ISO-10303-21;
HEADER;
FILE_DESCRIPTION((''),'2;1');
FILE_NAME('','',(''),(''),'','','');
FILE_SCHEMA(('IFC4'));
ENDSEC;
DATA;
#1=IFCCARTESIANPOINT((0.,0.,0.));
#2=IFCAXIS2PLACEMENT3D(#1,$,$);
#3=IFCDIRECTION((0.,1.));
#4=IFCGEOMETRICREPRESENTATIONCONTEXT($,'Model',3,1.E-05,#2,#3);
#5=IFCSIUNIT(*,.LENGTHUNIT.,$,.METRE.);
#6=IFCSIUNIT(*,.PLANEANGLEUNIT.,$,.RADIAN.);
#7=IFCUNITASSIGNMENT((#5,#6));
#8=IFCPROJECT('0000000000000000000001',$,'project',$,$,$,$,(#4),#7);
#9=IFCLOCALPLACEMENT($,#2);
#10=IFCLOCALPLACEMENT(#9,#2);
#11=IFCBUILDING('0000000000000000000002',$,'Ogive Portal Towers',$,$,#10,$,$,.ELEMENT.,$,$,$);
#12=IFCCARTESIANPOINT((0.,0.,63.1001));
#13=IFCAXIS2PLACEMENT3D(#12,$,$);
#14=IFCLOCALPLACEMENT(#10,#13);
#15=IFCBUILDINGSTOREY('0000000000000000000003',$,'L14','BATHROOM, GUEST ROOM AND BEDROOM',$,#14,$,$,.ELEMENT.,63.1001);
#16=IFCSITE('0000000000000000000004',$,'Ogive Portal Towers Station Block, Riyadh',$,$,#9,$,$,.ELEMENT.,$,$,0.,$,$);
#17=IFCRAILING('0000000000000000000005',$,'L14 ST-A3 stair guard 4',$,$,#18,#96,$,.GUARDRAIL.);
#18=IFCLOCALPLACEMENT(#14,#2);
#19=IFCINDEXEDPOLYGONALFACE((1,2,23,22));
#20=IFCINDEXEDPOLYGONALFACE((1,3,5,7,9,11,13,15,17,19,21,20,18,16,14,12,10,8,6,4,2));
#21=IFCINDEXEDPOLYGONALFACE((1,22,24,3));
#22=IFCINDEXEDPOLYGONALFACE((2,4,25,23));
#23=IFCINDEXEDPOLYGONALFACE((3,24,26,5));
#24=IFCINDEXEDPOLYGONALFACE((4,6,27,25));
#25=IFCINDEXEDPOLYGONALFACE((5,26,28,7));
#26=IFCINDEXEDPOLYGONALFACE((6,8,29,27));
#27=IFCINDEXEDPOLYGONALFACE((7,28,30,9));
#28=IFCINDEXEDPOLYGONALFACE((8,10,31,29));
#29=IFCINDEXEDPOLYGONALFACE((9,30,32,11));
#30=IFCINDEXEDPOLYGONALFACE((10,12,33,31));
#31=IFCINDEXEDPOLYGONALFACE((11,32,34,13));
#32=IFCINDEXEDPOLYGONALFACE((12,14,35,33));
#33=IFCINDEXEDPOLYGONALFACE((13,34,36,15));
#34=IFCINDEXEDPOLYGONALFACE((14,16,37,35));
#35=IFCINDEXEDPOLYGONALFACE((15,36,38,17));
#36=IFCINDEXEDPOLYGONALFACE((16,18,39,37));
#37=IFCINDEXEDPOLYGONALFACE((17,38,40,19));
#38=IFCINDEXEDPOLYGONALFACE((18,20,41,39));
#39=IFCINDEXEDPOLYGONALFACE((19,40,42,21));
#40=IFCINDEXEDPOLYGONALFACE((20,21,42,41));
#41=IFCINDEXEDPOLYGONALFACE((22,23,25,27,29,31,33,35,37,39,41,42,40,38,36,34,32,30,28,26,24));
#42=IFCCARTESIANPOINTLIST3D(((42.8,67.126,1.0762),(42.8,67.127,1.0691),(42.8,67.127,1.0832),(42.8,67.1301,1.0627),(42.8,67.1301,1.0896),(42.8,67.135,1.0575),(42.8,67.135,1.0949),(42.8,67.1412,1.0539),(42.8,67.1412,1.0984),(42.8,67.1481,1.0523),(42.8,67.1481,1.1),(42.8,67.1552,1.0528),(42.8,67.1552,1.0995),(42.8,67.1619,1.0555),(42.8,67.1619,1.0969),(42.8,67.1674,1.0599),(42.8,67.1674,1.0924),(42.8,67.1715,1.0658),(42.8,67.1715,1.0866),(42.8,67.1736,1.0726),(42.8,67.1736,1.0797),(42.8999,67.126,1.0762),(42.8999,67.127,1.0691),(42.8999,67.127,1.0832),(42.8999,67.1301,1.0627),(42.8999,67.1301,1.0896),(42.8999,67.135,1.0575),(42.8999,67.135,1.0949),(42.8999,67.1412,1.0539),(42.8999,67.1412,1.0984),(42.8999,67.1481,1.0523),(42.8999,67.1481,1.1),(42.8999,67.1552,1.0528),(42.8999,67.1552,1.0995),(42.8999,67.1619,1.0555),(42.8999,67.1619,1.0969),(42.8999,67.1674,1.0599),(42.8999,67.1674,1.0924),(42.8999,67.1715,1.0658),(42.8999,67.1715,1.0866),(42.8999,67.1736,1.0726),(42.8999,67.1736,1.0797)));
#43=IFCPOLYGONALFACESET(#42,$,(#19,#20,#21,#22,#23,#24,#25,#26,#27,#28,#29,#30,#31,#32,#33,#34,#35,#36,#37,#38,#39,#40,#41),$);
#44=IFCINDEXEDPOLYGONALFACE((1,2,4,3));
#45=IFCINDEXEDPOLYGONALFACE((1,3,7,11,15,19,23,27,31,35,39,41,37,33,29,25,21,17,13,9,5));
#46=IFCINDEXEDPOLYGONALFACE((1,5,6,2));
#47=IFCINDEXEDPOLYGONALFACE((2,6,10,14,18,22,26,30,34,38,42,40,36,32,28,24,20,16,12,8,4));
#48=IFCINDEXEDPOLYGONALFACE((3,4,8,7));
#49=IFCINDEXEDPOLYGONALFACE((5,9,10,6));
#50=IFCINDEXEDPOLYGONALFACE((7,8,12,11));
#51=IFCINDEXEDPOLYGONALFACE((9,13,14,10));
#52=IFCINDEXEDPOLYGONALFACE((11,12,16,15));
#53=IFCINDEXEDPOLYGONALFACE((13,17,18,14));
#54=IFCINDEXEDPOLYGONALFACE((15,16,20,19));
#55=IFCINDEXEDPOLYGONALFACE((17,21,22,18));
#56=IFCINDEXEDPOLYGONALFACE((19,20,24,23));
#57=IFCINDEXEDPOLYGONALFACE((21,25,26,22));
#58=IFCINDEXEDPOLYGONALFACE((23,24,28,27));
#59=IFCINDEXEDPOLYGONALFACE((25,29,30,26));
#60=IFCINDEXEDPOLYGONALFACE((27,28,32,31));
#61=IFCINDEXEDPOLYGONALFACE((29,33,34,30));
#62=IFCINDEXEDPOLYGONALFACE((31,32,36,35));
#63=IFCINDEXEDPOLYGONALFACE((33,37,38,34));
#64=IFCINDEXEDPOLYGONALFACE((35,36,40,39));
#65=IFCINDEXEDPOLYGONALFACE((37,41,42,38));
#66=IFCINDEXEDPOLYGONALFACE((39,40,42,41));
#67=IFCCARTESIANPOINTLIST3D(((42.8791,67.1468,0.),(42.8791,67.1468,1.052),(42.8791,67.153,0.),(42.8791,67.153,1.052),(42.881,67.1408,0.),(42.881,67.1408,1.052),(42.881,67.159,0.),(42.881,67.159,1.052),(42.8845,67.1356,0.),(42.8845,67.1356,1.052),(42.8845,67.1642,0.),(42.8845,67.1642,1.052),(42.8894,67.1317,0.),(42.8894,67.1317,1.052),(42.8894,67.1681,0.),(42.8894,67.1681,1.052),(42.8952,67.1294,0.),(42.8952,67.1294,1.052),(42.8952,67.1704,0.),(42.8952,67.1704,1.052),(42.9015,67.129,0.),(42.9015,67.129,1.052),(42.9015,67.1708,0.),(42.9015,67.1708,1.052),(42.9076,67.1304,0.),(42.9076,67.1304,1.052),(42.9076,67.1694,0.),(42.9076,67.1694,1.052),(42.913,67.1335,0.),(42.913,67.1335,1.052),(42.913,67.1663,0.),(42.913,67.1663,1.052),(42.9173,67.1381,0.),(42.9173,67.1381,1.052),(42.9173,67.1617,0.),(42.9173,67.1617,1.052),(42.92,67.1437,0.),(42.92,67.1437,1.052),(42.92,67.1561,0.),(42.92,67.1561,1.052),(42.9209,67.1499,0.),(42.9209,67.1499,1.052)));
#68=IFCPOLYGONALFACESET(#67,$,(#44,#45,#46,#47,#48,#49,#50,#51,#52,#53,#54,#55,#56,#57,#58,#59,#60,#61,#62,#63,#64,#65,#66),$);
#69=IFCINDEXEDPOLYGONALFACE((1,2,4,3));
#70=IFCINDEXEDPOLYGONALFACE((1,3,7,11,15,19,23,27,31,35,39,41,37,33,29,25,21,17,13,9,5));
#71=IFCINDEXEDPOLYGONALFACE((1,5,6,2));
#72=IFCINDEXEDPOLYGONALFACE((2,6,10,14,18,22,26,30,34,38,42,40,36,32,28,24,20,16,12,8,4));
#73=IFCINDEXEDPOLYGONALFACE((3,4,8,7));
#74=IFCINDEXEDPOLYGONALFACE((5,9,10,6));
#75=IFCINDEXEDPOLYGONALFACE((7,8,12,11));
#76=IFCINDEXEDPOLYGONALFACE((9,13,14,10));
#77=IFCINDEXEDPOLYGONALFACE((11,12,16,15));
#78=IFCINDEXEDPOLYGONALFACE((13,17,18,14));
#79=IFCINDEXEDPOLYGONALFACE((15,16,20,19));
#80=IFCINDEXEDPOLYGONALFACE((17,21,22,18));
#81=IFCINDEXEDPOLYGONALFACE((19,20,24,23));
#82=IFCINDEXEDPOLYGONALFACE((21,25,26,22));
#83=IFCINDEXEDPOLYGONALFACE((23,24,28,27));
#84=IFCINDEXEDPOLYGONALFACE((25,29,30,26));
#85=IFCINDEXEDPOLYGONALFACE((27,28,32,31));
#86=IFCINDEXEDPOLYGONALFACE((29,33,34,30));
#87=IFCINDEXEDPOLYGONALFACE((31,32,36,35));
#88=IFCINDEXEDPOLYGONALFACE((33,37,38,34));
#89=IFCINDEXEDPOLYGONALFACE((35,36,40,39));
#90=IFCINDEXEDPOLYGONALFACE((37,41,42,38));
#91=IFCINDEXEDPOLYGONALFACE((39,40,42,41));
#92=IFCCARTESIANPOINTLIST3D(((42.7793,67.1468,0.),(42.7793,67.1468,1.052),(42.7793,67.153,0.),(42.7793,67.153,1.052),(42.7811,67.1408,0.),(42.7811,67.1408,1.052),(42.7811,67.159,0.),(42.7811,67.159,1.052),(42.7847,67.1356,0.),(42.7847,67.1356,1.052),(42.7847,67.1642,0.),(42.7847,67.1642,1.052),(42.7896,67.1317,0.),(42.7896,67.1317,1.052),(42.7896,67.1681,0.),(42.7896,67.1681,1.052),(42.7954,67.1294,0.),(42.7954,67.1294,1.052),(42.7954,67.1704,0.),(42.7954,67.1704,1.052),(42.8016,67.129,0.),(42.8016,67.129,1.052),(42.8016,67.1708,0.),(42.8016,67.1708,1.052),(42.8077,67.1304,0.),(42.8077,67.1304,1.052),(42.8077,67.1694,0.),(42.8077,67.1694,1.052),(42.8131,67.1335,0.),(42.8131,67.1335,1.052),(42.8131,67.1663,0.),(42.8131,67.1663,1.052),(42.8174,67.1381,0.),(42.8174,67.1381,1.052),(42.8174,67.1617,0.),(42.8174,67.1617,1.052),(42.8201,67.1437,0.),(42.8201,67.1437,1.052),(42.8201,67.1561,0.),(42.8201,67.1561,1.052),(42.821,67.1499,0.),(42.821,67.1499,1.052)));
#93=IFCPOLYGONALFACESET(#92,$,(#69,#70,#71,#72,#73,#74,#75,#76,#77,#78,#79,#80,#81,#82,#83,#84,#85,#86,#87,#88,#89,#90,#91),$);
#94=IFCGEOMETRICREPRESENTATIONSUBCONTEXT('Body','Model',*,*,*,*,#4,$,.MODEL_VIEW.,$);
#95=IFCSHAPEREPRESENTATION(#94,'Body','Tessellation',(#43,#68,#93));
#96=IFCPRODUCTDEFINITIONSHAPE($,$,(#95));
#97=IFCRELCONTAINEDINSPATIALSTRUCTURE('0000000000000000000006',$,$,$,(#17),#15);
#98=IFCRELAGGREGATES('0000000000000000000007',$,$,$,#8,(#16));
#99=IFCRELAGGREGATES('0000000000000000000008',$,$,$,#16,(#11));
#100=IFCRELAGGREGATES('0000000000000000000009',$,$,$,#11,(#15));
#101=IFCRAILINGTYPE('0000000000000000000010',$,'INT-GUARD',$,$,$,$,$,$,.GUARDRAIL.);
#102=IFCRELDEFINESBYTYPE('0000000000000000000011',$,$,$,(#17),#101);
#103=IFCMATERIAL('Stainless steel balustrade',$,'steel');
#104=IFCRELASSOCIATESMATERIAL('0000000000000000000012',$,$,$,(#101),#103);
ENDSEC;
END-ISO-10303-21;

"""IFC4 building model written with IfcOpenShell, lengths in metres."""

from ifc_helpers import new_model, si_unit, direction, frame, origin, origin_2d, place, context, subcontext, project, spatial, circle, extrude, material, type_object, element, save


model = new_model("IFC4")

# Units and contexts
model_context = context("Model", 3, precision=1e-05, world=origin(), true_north=direction((0.0, 1.0)))
body_context = subcontext(model_context, "Body", "Model", "MODEL_VIEW")
ifc_project = project(units=[si_unit("LENGTHUNIT", "METRE"), si_unit("PLANEANGLEUNIT", "RADIAN")], contexts=[model_context])

# Site, building, storey
site_placement = place(None, origin())
site = spatial("IfcSite", under=ifc_project, at=site_placement, Name="Ogive Portal Towers Station Block, Riyadh", CompositionType="ELEMENT", RefElevation=0.0)
building_placement = place(site_placement, origin())
building = spatial("IfcBuilding", under=site, at=building_placement, Name="Ogive Portal Towers", CompositionType="ELEMENT")
storey_placement = place(building_placement, frame((0.0, 0.0, 63.1001)))
storey = spatial("IfcBuildingStorey", under=building, at=storey_placement, Name="L14", Description="BATHROOM, GUEST ROOM AND BEDROOM", CompositionType="ELEMENT", Elevation=63.1001)

# Railing
ifc_material_1 = material(Name="Stainless steel balustrade", Category="steel")
railing_type = type_object("IfcRailingType", Name="INT-GUARD", PredefinedType="GUARDRAIL", material=ifc_material_1)
railing_1_placement = place(storey_placement, frame((42.8999, 67.1499, 0.0)))
element("IfcRailing", 1, at=railing_1_placement, inside=storey, type_object=railing_type, Name="L14 ST-A3 stair guard 4", PredefinedType="GUARDRAIL", context=body_context, shape_type="SweptSolid", body=[
    extrude(circle(Radius=0.0239, at=origin_2d()), frame((0.0, 0.0, 1.0762), z_axis=(-1.0, 0.0, 0.0), x_axis=(0.0, -1.0, 0.0)), (0.0, 0.0, 1.0), 0.0999),
    extrude(circle(Radius=0.021, at=origin_2d()), origin(), (0.0, 0.0, 1.0), 1.052),
    extrude(circle(Radius=0.021, at=origin_2d()), frame((-0.0999, 0.0, 0.0)), (0.0, 0.0, 1.0), 1.052),
])

save(model, "model.ifc")
